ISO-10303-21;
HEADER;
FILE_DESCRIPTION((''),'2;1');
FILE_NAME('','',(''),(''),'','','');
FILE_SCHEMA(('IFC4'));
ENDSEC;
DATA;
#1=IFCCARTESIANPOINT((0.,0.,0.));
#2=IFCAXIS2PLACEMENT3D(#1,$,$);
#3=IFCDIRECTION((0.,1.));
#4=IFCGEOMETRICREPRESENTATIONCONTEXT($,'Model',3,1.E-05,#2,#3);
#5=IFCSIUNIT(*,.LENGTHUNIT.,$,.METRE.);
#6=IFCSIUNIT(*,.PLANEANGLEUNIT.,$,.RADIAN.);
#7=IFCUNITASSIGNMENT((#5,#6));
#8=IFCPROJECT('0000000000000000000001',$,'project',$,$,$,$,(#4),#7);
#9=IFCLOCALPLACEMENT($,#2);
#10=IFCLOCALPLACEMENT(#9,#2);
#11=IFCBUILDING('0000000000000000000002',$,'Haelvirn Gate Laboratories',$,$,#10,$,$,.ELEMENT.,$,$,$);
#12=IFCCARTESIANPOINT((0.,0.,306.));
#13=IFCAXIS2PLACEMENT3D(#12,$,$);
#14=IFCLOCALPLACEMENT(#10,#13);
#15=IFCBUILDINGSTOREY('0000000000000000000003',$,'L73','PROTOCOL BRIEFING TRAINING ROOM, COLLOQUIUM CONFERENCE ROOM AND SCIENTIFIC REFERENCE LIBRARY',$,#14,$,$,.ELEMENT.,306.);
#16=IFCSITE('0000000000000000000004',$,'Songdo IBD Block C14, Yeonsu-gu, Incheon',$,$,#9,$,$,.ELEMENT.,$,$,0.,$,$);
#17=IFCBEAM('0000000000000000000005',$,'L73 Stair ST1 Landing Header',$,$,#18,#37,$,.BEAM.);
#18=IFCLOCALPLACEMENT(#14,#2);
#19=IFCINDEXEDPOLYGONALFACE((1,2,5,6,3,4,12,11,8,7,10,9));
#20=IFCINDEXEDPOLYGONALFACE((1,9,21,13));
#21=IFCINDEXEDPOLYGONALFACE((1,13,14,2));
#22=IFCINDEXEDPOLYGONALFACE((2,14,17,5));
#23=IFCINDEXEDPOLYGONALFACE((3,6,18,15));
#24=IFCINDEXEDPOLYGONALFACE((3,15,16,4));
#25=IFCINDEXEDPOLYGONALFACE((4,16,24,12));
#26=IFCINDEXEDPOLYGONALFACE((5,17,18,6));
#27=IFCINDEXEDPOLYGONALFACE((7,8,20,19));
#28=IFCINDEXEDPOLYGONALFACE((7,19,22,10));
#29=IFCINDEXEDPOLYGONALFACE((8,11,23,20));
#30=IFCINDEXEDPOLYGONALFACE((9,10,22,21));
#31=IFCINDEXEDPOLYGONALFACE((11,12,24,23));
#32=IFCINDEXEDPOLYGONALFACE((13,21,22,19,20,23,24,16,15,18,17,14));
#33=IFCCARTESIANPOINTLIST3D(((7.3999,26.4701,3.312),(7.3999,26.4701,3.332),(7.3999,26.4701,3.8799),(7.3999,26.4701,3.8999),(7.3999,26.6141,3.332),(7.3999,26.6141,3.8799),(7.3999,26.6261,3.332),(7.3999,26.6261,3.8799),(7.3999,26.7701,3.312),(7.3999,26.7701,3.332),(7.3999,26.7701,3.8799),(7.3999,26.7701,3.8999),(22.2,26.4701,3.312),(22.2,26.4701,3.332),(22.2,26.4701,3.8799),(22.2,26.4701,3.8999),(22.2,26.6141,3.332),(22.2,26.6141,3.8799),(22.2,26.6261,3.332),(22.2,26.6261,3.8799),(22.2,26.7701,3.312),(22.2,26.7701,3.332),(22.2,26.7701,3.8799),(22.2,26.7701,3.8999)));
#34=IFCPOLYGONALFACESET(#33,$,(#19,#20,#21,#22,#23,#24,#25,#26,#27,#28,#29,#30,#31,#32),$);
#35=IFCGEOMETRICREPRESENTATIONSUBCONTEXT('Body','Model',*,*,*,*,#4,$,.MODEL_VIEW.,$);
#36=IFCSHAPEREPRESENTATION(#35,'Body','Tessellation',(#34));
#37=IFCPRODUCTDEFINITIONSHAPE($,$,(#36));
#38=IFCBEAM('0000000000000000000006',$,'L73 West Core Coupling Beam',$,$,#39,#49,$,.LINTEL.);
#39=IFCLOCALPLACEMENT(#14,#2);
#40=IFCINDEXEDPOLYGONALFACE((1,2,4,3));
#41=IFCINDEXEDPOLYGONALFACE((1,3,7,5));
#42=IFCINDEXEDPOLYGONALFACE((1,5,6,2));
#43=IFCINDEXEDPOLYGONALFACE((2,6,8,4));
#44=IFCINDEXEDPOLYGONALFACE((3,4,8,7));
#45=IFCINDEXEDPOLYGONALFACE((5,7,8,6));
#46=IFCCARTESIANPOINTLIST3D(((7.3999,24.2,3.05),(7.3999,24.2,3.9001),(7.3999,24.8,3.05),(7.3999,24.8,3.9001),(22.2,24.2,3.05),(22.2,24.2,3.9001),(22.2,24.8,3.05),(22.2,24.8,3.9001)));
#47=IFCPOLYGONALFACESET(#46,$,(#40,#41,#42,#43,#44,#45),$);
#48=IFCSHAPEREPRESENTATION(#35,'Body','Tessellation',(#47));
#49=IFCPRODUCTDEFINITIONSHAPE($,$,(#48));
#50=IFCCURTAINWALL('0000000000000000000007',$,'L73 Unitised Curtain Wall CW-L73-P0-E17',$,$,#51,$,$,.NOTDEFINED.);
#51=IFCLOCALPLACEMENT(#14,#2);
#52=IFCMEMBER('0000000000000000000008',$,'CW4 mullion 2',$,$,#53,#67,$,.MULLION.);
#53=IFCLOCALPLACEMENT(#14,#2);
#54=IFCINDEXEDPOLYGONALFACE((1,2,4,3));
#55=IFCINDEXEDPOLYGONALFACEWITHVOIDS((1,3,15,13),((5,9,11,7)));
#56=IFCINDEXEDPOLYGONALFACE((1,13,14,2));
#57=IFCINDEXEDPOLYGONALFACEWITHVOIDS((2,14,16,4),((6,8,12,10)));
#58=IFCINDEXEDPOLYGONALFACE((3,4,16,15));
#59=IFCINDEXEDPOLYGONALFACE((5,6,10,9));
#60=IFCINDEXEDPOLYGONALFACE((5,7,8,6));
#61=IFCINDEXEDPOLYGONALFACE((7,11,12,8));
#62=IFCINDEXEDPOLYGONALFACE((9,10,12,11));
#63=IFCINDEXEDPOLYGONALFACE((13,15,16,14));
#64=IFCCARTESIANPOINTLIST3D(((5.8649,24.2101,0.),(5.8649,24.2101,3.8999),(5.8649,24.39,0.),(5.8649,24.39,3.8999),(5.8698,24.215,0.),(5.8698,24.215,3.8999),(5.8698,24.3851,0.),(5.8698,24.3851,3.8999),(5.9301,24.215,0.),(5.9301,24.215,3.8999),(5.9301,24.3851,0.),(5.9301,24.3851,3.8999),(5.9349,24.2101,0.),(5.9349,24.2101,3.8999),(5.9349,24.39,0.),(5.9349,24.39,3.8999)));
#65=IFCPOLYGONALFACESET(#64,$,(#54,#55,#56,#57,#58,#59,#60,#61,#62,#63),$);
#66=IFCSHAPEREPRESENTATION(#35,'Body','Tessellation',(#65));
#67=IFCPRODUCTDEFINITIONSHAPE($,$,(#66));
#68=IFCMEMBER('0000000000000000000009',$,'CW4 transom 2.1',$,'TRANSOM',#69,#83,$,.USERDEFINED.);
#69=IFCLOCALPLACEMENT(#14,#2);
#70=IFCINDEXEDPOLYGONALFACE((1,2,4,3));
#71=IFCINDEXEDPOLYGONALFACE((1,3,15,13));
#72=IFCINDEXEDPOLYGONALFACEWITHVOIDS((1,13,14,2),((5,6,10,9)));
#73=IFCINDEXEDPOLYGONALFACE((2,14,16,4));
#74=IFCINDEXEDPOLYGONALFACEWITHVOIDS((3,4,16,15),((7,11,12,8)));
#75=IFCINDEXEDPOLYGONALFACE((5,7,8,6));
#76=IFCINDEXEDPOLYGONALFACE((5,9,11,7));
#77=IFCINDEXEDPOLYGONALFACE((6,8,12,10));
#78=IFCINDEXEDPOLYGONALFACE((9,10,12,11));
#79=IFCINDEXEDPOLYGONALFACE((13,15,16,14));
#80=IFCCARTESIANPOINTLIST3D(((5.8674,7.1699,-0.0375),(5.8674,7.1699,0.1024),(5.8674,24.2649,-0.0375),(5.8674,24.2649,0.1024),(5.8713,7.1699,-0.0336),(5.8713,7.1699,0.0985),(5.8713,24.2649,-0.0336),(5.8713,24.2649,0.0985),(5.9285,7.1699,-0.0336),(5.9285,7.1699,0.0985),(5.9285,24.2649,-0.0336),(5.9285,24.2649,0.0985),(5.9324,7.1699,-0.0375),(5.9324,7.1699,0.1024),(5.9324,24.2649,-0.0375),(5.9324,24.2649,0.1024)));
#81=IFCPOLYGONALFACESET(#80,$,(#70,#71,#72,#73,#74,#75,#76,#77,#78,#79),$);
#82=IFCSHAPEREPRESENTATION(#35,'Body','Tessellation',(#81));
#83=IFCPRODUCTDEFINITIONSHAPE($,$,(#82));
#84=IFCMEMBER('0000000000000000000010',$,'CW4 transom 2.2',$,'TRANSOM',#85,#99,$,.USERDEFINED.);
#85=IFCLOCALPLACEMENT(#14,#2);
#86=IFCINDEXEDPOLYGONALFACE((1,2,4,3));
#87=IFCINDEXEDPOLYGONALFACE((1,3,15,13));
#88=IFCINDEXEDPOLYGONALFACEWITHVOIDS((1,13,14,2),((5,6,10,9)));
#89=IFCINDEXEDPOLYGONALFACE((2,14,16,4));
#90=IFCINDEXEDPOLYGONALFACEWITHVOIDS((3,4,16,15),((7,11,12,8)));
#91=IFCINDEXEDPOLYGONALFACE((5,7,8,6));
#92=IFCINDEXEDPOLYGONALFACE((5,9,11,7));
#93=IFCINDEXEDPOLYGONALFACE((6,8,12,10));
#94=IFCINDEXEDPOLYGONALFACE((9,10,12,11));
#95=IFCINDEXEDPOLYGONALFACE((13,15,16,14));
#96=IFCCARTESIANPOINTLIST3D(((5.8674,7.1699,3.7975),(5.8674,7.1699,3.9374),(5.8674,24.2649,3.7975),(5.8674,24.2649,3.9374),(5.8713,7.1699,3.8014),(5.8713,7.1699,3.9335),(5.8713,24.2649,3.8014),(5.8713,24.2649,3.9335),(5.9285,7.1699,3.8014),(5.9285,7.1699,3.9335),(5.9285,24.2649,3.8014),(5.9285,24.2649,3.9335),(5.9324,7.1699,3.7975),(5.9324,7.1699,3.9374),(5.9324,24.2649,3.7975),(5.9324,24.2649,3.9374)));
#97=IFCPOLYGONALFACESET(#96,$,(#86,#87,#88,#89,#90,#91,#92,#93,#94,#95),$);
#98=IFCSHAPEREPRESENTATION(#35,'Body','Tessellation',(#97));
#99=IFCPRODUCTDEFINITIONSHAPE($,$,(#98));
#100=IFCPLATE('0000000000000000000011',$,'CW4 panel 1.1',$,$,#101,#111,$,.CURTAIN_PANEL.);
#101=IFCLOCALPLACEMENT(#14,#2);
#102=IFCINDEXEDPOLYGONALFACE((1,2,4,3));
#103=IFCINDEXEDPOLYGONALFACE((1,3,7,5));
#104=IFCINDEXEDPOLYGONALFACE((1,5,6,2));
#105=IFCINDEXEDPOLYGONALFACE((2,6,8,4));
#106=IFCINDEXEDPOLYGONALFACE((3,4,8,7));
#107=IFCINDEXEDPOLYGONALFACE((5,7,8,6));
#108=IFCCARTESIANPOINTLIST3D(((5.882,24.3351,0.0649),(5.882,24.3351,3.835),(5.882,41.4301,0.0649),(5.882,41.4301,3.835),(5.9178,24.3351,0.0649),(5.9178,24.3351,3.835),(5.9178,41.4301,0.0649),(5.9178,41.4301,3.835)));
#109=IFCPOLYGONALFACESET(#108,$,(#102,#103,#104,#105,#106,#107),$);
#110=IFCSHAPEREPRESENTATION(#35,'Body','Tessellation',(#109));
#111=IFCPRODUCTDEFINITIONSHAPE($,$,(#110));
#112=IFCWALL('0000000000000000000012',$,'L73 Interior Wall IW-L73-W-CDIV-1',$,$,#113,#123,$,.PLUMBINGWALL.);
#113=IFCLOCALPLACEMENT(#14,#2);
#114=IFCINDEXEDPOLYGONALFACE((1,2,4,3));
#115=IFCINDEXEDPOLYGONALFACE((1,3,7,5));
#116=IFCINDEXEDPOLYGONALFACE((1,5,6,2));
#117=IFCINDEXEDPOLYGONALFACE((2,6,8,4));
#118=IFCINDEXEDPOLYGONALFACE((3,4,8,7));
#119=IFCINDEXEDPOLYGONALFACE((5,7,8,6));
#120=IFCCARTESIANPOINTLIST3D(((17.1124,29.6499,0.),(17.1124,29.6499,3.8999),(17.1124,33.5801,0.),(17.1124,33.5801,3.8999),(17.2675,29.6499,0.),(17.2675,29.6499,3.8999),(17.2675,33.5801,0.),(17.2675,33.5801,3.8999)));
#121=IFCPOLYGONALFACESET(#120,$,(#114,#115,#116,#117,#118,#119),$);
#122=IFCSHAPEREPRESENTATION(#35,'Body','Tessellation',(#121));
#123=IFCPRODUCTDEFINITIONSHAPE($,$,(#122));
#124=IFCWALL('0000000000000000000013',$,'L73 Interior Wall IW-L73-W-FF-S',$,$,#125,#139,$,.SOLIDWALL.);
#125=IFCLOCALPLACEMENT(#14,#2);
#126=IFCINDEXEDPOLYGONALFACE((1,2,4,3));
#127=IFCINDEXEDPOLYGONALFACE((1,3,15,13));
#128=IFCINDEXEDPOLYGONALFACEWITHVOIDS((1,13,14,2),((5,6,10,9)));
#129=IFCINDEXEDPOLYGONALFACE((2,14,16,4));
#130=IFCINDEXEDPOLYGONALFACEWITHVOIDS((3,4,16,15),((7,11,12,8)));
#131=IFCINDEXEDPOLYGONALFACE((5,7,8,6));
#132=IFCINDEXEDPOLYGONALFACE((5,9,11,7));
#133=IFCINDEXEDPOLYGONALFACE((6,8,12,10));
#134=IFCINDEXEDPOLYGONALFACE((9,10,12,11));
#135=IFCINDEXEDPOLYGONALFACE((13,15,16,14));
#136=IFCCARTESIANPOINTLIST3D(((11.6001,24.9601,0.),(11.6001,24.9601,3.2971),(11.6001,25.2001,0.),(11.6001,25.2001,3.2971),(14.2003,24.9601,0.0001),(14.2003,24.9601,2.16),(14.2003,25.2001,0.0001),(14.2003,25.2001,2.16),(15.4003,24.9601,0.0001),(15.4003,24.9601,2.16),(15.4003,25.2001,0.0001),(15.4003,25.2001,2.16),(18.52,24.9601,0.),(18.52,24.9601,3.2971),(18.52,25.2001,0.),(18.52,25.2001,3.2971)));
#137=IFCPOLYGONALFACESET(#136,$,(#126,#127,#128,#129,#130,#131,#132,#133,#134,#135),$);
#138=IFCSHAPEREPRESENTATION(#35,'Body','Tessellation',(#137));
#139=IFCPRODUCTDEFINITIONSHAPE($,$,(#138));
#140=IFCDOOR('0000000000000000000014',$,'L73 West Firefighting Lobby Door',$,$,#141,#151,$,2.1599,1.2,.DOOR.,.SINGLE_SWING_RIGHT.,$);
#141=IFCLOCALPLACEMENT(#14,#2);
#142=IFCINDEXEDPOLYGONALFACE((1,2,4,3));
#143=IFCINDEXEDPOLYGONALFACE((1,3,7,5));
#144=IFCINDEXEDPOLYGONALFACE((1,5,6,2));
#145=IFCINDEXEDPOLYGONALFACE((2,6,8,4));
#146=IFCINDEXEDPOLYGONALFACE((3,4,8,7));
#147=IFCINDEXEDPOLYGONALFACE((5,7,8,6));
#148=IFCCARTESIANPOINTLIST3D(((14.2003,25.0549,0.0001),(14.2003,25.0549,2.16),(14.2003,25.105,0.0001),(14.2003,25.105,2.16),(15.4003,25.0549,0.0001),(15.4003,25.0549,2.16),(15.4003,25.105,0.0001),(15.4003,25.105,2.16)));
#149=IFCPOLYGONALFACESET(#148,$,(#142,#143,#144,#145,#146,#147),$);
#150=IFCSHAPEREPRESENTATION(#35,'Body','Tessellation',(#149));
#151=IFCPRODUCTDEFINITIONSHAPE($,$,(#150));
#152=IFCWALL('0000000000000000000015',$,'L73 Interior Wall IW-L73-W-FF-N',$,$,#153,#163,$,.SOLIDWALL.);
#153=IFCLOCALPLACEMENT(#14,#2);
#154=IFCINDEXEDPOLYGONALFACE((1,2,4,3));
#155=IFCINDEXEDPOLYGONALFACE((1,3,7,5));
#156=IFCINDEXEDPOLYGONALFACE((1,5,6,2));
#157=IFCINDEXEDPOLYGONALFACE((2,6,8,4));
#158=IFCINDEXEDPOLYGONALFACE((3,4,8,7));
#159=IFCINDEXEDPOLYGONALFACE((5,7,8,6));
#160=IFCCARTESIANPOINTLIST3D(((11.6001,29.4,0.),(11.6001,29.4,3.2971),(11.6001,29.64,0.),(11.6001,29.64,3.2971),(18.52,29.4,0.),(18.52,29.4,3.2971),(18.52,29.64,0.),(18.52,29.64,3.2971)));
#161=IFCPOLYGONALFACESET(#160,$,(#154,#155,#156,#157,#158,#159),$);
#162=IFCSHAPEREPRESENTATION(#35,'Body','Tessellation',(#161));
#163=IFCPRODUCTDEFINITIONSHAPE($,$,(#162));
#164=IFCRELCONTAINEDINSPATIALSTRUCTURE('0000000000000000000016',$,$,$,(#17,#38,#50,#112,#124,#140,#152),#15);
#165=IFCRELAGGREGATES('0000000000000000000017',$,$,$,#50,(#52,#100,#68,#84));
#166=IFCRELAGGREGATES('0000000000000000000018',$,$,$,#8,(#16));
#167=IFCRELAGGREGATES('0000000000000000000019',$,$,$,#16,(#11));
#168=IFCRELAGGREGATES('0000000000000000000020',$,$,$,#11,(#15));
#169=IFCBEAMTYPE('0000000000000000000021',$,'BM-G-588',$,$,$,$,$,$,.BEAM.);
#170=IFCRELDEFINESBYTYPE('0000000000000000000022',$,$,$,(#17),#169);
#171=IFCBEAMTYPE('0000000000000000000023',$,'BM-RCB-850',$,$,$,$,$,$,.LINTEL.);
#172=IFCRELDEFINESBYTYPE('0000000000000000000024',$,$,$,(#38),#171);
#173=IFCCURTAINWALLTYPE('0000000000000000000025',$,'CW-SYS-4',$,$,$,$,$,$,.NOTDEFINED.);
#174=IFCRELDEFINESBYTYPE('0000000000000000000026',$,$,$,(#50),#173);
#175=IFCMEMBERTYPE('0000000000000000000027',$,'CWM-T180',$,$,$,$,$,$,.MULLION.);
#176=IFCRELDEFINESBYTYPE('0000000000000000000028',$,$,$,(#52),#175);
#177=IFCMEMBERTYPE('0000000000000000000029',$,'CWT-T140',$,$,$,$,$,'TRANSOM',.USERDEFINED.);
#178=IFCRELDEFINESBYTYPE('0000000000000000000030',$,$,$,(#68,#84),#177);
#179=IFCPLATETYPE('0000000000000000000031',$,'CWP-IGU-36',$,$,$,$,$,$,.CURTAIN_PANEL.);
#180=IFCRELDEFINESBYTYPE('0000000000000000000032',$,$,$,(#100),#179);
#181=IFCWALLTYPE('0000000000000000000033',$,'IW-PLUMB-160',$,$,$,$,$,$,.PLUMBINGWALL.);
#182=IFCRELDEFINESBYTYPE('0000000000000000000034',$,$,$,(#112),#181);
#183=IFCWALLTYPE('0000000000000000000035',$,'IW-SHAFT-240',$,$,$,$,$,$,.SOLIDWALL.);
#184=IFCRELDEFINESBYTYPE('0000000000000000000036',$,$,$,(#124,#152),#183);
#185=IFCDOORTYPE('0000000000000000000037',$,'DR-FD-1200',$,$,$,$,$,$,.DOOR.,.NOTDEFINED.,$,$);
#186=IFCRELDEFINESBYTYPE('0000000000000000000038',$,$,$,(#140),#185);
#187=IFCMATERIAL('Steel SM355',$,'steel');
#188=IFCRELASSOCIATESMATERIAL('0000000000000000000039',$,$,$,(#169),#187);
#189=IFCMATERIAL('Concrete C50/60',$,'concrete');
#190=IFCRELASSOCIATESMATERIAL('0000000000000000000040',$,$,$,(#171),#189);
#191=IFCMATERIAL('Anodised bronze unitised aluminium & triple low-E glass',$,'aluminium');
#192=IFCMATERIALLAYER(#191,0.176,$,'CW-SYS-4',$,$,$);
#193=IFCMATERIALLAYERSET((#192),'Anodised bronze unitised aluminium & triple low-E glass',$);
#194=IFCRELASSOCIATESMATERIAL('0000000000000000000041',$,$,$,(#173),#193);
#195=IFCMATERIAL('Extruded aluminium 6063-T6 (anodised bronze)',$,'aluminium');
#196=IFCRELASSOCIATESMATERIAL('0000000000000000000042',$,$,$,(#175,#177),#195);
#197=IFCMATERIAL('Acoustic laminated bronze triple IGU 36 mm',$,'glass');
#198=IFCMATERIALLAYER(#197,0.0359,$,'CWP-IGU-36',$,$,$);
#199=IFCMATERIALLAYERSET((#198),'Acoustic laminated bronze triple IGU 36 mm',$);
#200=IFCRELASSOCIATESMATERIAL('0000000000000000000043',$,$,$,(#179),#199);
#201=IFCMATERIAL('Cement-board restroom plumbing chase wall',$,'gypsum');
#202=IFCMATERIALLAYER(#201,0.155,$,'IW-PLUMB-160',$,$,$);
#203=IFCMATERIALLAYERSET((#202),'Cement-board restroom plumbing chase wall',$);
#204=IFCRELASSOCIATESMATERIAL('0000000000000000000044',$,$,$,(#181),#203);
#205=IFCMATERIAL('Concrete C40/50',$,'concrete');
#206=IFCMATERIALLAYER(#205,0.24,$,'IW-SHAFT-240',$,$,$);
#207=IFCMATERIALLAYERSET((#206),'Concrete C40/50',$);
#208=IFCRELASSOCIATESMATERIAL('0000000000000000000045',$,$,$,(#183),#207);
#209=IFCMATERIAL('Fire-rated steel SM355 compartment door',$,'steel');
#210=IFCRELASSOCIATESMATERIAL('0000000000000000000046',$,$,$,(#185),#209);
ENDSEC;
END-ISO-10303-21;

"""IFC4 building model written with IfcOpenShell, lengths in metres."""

from ifc_helpers import new_model, si_unit, direction, frame, frame_2d, origin, origin_2d, place, context, subcontext, project, spatial, rectangle, hollow_rectangle, i_section, extrude, source, transform, mapped, material, layer, layer_set, material_profile, profile_set, type_object, type_shapes, element, fill, aggregate, save


model = new_model("IFC4")

# Units and contexts
model_context = context("Model", 3, precision=1e-05, world=origin(), true_north=direction((0.0, 1.0)))
body_context = subcontext(model_context, "Body", "Model", "MODEL_VIEW")
ifc_project = project(units=[si_unit("LENGTHUNIT", "METRE"), si_unit("PLANEANGLEUNIT", "RADIAN")], contexts=[model_context])

# Site, building, storey
site_placement = place(None, origin())
site = spatial("IfcSite", under=ifc_project, at=site_placement, Name="Songdo IBD Block C14, Yeonsu-gu, Incheon", CompositionType="ELEMENT", RefElevation=0.0)
building_placement = place(site_placement, origin())
building = spatial("IfcBuilding", under=site, at=building_placement, Name="Haelvirn Gate Laboratories", CompositionType="ELEMENT")
storey_placement = place(building_placement, frame((0.0, 0.0, 306.0)))
storey = spatial("IfcBuildingStorey", under=building, at=storey_placement, Name="L73", Description="PROTOCOL BRIEFING TRAINING ROOM, COLLOQUIUM CONFERENCE ROOM AND SCIENTIFIC REFERENCE LIBRARY", CompositionType="ELEMENT", Elevation=306.0)

# Beams
ifc_material_1 = material(Name="Steel SM355", Category="steel")
ifc_material_profile_1 = material_profile(ifc_material_1, i_section(OverallWidth=0.3, OverallDepth=0.5879, WebThickness=0.012, FlangeThickness=0.02, at=origin_2d()), Name="H-588x300x12x20")
ifc_profile_set_1 = profile_set([ifc_material_profile_1], Name="Steel SM355")
beam_type_1 = type_object("IfcBeamType", Name="BM-G-588", PredefinedType="BEAM", material=ifc_profile_set_1)
shared_shape_1 = source(origin(), body_context, "Body", "SweptSolid", [
    extrude(i_section(OverallWidth=0.3, OverallDepth=0.5879, WebThickness=0.012, FlangeThickness=0.02, at=origin_2d()), origin(), (0.0, 0.0, 1.0), 14.8),
])
type_shapes(beam_type_1, [shared_shape_1])
beam_1_placement = place(storey_placement, frame((7.3999, 26.6201, 3.606), z_axis=(1.0, 0.0, 0.0), x_axis=(0.0, 1.0, 0.0)))
element("IfcBeam", 1, at=beam_1_placement, inside=storey, type_object=beam_type_1, Name="L73 Stair ST1 Landing Header", PredefinedType="BEAM", context=body_context, shape_type="MappedRepresentation", body=[
    mapped(shared_shape_1, transform((0.0, 0.0, 0.0), scale=1.0)),
])
ifc_material_2 = material(Name="Concrete C50/60", Category="concrete")
ifc_material_profile_2 = material_profile(ifc_material_2, rectangle(XDim=0.6001, YDim=0.8501, at=origin_2d()), Name="RCB-600x850")
ifc_profile_set_2 = profile_set([ifc_material_profile_2], Name="Concrete C50/60")
beam_type_2 = type_object("IfcBeamType", Name="BM-RCB-850", PredefinedType="LINTEL", material=ifc_profile_set_2)
shared_shape_2 = source(origin(), body_context, "Body", "SweptSolid", [
    extrude(rectangle(XDim=0.6001, YDim=0.8501, at=origin_2d()), origin(), (0.0, 0.0, 1.0), 14.8),
])
type_shapes(beam_type_2, [shared_shape_2])
beam_2_placement = place(storey_placement, frame((7.3999, 24.5, 3.4751), z_axis=(1.0, 0.0, 0.0), x_axis=(0.0, 1.0, 0.0)))
element("IfcBeam", 2, at=beam_2_placement, inside=storey, type_object=beam_type_2, Name="L73 West Core Coupling Beam", PredefinedType="LINTEL", context=body_context, shape_type="MappedRepresentation", body=[
    mapped(shared_shape_2, transform((0.0, 0.0, 0.0), scale=1.0)),
])

# Curtain wall, members, plate
ifc_material_3 = material(Name="Anodised bronze unitised aluminium & triple low-E glass", Category="aluminium")
ifc_layer_1 = layer(ifc_material_3, 0.176, Name="CW-SYS-4")
ifc_layer_set_1 = layer_set([ifc_layer_1], Name="Anodised bronze unitised aluminium & triple low-E glass")
curtain_wall_type = type_object("IfcCurtainWallType", Name="CW-SYS-4", PredefinedType="NOTDEFINED", material=ifc_layer_set_1)
curtain_wall_placement = place(storey_placement, origin())
curtain_wall = element("IfcCurtainWall", 3, at=curtain_wall_placement, inside=storey, type_object=curtain_wall_type, Name="L73 Unitised Curtain Wall CW-L73-P0-E17", PredefinedType="NOTDEFINED")
ifc_material_4 = material(Name="Extruded aluminium 6063-T6 (anodised bronze)", Category="aluminium")
ifc_material_profile_3 = material_profile(ifc_material_4, hollow_rectangle(XDim=0.0701, YDim=0.1799, WallThickness=0.0049, at=origin_2d()), Name="CWM-180x70x5")
ifc_profile_set_3 = profile_set([ifc_material_profile_3], Name="Extruded aluminium 6063-T6 (anodised bronze)")
member_type_1 = type_object("IfcMemberType", Name="CWM-T180", PredefinedType="MULLION", material=ifc_profile_set_3)
shared_shape_3 = source(origin(), body_context, "Body", "SweptSolid", [
    extrude(hollow_rectangle(XDim=0.0701, YDim=0.1799, WallThickness=0.0049, at=origin_2d()), origin(), (0.0, 0.0, 1.0), 3.8999),
])
type_shapes(member_type_1, [shared_shape_3])
member_1_placement = place(storey_placement, frame((5.8999, 24.3, 0.0), z_axis=(0.0, 0.0, 1.0), x_axis=(1.0, 0.0, 0.0)))
member_1 = element("IfcMember", 4, at=member_1_placement, type_object=member_type_1, Name="CW4 mullion 2", PredefinedType="MULLION", context=body_context, shape_type="MappedRepresentation", body=[
    mapped(shared_shape_3, transform((0.0, 0.0, 0.0), scale=1.0)),
])
ifc_material_profile_4 = material_profile(ifc_material_4, hollow_rectangle(XDim=0.0649, YDim=0.1399, WallThickness=0.0039, at=origin_2d()), Name="CWT-140x65x4")
ifc_profile_set_4 = profile_set([ifc_material_profile_4], Name="Extruded aluminium 6063-T6 (anodised bronze)")
member_type_2 = type_object("IfcMemberType", Name="CWT-T140", ElementType="TRANSOM", PredefinedType="USERDEFINED", material=ifc_profile_set_4)
shared_shape_4 = source(origin(), body_context, "Body", "SweptSolid", [
    extrude(hollow_rectangle(XDim=0.0649, YDim=0.1399, WallThickness=0.0039, at=origin_2d()), origin(), (0.0, 0.0, 1.0), 17.095),
])
type_shapes(member_type_2, [shared_shape_4])
member_2_placement = place(storey_placement, frame((5.8999, 24.2649, 0.0325), z_axis=(0.0, -1.0, 0.0), x_axis=(1.0, 0.0, 0.0)))
member_2 = element("IfcMember", 5, at=member_2_placement, type_object=member_type_2, Name="CW4 transom 2.1", ObjectType="TRANSOM", PredefinedType="USERDEFINED", context=body_context, shape_type="MappedRepresentation", body=[
    mapped(shared_shape_4, transform((0.0, 0.0, 0.0), scale=1.0)),
])
member_3_placement = place(storey_placement, frame((5.8999, 24.2649, 3.8674), z_axis=(0.0, -1.0, 0.0), x_axis=(1.0, 0.0, 0.0)))
member_3 = element("IfcMember", 6, at=member_3_placement, type_object=member_type_2, Name="CW4 transom 2.2", ObjectType="TRANSOM", PredefinedType="USERDEFINED", context=body_context, shape_type="MappedRepresentation", body=[
    mapped(shared_shape_4, transform((0.0, 0.0, 0.0), scale=1.0)),
])
ifc_material_5 = material(Name="Acoustic laminated bronze triple IGU 36 mm", Category="glass")
ifc_layer_2 = layer(ifc_material_5, 0.0359, Name="CWP-IGU-36")
ifc_layer_set_2 = layer_set([ifc_layer_2], Name="Acoustic laminated bronze triple IGU 36 mm")
plate_type = type_object("IfcPlateType", Name="CWP-IGU-36", PredefinedType="CURTAIN_PANEL", material=ifc_layer_set_2)
shared_shape_5 = source(origin(), body_context, "Body", "SweptSolid", [
    extrude(rectangle(XDim=17.095, YDim=0.0359, at=origin_2d()), origin(), (0.0, 0.0, 1.0), 3.77),
])
type_shapes(plate_type, [shared_shape_5])
plate_placement = place(storey_placement, frame((5.8999, 32.8826, 0.0649), z_axis=(0.0, 0.0, 1.0), x_axis=(0.0, -1.0, 0.0)))
plate = element("IfcPlate", 7, at=plate_placement, type_object=plate_type, Name="CW4 panel 1.1", PredefinedType="CURTAIN_PANEL", context=body_context, shape_type="MappedRepresentation", body=[
    mapped(shared_shape_5, transform((0.0, 0.0, 0.0), scale=1.0)),
])
aggregate(curtain_wall, [member_1, plate, member_2, member_3])

# Wall
ifc_material_6 = material(Name="Cement-board restroom plumbing chase wall", Category="gypsum")
ifc_layer_3 = layer(ifc_material_6, 0.155, Name="IW-PLUMB-160")
ifc_layer_set_3 = layer_set([ifc_layer_3], Name="Cement-board restroom plumbing chase wall")
wall_type_1 = type_object("IfcWallType", Name="IW-PLUMB-160", PredefinedType="PLUMBINGWALL", material=ifc_layer_set_3)
wall_1_placement = place(storey_placement, frame((17.1899, 29.6499, 0.0), z_axis=(0.0, 0.0, 1.0), x_axis=(0.0, 1.0, 0.0)))
element("IfcWall", 8, at=wall_1_placement, inside=storey, type_object=wall_type_1, Name="L73 Interior Wall IW-L73-W-CDIV-1", PredefinedType="PLUMBINGWALL", context=body_context, shape_type="SweptSolid", body=[
    extrude(rectangle(XDim=3.9302, YDim=0.155, at=frame_2d((1.9651, 0.0))), origin(), (0.0, 0.0, 1.0), 3.8999),
])

# Wall, opening, door
ifc_material_7 = material(Name="Concrete C40/50", Category="concrete")
ifc_layer_4 = layer(ifc_material_7, 0.24, Name="IW-SHAFT-240")
ifc_layer_set_4 = layer_set([ifc_layer_4], Name="Concrete C40/50")
wall_type_2 = type_object("IfcWallType", Name="IW-SHAFT-240", PredefinedType="SOLIDWALL", material=ifc_layer_set_4)
wall_2_placement = place(storey_placement, frame((11.6001, 25.0801, 0.0), z_axis=(0.0, 0.0, 1.0), x_axis=(1.0, 0.0, 0.0)))
wall_2 = element("IfcWall", 9, at=wall_2_placement, inside=storey, type_object=wall_type_2, Name="L73 Interior Wall IW-L73-W-FF-S", PredefinedType="SOLIDWALL", context=body_context, shape_type="SweptSolid", body=[
    extrude(rectangle(XDim=6.9199, YDim=0.24, at=frame_2d((3.46, 0.0))), origin(), (0.0, 0.0, 1.0), 3.2971),
])
opening_1_placement = place(wall_2_placement, frame((2.6001, 0.0, 0.0)))
opening_1 = element("IfcOpeningElement", 10, at=opening_1_placement, cuts=wall_2, PredefinedType="OPENING", context=body_context, shape_type="SweptSolid", body=[
    extrude(rectangle(XDim=1.2, YDim=2.1599, at=frame_2d((0.6001, 1.0801))), frame((0.0, 0.1299, 0.0), z_axis=(0.0, -1.0, 0.0), x_axis=(1.0, 0.0, 0.0)), (0.0, 0.0, 1.0), 0.26),
])
ifc_material_8 = material(Name="Fire-rated steel SM355 compartment door", Category="steel")
door_type_1 = type_object("IfcDoorType", Name="DR-FD-1200", OperationType="NOTDEFINED", PredefinedType="DOOR", material=ifc_material_8)
shared_shape_6 = source(origin(), body_context, "Body", "SweptSolid", [
    extrude(rectangle(XDim=1.2, YDim=2.1599, at=frame_2d((0.6001, 1.0801))), frame((0.0, 0.0249, 0.0), z_axis=(0.0, -1.0, 0.0), x_axis=(1.0, 0.0, 0.0)), (0.0, 0.0, 1.0), 0.05),
])
type_shapes(door_type_1, [shared_shape_6])
door_1_placement = place(opening_1_placement, origin())
door_1 = element("IfcDoor", 11, at=door_1_placement, inside=storey, type_object=door_type_1, Name="L73 West Firefighting Lobby Door", OperationType="SINGLE_SWING_RIGHT", OverallHeight=2.1599, OverallWidth=1.2, PredefinedType="DOOR", context=body_context, shape_type="MappedRepresentation", body=[
    mapped(shared_shape_6, transform((0.0, 0.0, 0.0), scale=1.0)),
])
fill(opening_1, door_1)

# Wall
wall_3_placement = place(storey_placement, frame((11.6001, 29.52, 0.0), z_axis=(0.0, 0.0, 1.0), x_axis=(1.0, 0.0, 0.0)))
element("IfcWall", 12, at=wall_3_placement, inside=storey, type_object=wall_type_2, Name="L73 Interior Wall IW-L73-W-FF-N", PredefinedType="SOLIDWALL", context=body_context, shape_type="SweptSolid", body=[
    extrude(rectangle(XDim=6.9199, YDim=0.24, at=frame_2d((3.46, 0.0))), origin(), (0.0, 0.0, 1.0), 3.2971),
])

save(model, "model.ifc")
